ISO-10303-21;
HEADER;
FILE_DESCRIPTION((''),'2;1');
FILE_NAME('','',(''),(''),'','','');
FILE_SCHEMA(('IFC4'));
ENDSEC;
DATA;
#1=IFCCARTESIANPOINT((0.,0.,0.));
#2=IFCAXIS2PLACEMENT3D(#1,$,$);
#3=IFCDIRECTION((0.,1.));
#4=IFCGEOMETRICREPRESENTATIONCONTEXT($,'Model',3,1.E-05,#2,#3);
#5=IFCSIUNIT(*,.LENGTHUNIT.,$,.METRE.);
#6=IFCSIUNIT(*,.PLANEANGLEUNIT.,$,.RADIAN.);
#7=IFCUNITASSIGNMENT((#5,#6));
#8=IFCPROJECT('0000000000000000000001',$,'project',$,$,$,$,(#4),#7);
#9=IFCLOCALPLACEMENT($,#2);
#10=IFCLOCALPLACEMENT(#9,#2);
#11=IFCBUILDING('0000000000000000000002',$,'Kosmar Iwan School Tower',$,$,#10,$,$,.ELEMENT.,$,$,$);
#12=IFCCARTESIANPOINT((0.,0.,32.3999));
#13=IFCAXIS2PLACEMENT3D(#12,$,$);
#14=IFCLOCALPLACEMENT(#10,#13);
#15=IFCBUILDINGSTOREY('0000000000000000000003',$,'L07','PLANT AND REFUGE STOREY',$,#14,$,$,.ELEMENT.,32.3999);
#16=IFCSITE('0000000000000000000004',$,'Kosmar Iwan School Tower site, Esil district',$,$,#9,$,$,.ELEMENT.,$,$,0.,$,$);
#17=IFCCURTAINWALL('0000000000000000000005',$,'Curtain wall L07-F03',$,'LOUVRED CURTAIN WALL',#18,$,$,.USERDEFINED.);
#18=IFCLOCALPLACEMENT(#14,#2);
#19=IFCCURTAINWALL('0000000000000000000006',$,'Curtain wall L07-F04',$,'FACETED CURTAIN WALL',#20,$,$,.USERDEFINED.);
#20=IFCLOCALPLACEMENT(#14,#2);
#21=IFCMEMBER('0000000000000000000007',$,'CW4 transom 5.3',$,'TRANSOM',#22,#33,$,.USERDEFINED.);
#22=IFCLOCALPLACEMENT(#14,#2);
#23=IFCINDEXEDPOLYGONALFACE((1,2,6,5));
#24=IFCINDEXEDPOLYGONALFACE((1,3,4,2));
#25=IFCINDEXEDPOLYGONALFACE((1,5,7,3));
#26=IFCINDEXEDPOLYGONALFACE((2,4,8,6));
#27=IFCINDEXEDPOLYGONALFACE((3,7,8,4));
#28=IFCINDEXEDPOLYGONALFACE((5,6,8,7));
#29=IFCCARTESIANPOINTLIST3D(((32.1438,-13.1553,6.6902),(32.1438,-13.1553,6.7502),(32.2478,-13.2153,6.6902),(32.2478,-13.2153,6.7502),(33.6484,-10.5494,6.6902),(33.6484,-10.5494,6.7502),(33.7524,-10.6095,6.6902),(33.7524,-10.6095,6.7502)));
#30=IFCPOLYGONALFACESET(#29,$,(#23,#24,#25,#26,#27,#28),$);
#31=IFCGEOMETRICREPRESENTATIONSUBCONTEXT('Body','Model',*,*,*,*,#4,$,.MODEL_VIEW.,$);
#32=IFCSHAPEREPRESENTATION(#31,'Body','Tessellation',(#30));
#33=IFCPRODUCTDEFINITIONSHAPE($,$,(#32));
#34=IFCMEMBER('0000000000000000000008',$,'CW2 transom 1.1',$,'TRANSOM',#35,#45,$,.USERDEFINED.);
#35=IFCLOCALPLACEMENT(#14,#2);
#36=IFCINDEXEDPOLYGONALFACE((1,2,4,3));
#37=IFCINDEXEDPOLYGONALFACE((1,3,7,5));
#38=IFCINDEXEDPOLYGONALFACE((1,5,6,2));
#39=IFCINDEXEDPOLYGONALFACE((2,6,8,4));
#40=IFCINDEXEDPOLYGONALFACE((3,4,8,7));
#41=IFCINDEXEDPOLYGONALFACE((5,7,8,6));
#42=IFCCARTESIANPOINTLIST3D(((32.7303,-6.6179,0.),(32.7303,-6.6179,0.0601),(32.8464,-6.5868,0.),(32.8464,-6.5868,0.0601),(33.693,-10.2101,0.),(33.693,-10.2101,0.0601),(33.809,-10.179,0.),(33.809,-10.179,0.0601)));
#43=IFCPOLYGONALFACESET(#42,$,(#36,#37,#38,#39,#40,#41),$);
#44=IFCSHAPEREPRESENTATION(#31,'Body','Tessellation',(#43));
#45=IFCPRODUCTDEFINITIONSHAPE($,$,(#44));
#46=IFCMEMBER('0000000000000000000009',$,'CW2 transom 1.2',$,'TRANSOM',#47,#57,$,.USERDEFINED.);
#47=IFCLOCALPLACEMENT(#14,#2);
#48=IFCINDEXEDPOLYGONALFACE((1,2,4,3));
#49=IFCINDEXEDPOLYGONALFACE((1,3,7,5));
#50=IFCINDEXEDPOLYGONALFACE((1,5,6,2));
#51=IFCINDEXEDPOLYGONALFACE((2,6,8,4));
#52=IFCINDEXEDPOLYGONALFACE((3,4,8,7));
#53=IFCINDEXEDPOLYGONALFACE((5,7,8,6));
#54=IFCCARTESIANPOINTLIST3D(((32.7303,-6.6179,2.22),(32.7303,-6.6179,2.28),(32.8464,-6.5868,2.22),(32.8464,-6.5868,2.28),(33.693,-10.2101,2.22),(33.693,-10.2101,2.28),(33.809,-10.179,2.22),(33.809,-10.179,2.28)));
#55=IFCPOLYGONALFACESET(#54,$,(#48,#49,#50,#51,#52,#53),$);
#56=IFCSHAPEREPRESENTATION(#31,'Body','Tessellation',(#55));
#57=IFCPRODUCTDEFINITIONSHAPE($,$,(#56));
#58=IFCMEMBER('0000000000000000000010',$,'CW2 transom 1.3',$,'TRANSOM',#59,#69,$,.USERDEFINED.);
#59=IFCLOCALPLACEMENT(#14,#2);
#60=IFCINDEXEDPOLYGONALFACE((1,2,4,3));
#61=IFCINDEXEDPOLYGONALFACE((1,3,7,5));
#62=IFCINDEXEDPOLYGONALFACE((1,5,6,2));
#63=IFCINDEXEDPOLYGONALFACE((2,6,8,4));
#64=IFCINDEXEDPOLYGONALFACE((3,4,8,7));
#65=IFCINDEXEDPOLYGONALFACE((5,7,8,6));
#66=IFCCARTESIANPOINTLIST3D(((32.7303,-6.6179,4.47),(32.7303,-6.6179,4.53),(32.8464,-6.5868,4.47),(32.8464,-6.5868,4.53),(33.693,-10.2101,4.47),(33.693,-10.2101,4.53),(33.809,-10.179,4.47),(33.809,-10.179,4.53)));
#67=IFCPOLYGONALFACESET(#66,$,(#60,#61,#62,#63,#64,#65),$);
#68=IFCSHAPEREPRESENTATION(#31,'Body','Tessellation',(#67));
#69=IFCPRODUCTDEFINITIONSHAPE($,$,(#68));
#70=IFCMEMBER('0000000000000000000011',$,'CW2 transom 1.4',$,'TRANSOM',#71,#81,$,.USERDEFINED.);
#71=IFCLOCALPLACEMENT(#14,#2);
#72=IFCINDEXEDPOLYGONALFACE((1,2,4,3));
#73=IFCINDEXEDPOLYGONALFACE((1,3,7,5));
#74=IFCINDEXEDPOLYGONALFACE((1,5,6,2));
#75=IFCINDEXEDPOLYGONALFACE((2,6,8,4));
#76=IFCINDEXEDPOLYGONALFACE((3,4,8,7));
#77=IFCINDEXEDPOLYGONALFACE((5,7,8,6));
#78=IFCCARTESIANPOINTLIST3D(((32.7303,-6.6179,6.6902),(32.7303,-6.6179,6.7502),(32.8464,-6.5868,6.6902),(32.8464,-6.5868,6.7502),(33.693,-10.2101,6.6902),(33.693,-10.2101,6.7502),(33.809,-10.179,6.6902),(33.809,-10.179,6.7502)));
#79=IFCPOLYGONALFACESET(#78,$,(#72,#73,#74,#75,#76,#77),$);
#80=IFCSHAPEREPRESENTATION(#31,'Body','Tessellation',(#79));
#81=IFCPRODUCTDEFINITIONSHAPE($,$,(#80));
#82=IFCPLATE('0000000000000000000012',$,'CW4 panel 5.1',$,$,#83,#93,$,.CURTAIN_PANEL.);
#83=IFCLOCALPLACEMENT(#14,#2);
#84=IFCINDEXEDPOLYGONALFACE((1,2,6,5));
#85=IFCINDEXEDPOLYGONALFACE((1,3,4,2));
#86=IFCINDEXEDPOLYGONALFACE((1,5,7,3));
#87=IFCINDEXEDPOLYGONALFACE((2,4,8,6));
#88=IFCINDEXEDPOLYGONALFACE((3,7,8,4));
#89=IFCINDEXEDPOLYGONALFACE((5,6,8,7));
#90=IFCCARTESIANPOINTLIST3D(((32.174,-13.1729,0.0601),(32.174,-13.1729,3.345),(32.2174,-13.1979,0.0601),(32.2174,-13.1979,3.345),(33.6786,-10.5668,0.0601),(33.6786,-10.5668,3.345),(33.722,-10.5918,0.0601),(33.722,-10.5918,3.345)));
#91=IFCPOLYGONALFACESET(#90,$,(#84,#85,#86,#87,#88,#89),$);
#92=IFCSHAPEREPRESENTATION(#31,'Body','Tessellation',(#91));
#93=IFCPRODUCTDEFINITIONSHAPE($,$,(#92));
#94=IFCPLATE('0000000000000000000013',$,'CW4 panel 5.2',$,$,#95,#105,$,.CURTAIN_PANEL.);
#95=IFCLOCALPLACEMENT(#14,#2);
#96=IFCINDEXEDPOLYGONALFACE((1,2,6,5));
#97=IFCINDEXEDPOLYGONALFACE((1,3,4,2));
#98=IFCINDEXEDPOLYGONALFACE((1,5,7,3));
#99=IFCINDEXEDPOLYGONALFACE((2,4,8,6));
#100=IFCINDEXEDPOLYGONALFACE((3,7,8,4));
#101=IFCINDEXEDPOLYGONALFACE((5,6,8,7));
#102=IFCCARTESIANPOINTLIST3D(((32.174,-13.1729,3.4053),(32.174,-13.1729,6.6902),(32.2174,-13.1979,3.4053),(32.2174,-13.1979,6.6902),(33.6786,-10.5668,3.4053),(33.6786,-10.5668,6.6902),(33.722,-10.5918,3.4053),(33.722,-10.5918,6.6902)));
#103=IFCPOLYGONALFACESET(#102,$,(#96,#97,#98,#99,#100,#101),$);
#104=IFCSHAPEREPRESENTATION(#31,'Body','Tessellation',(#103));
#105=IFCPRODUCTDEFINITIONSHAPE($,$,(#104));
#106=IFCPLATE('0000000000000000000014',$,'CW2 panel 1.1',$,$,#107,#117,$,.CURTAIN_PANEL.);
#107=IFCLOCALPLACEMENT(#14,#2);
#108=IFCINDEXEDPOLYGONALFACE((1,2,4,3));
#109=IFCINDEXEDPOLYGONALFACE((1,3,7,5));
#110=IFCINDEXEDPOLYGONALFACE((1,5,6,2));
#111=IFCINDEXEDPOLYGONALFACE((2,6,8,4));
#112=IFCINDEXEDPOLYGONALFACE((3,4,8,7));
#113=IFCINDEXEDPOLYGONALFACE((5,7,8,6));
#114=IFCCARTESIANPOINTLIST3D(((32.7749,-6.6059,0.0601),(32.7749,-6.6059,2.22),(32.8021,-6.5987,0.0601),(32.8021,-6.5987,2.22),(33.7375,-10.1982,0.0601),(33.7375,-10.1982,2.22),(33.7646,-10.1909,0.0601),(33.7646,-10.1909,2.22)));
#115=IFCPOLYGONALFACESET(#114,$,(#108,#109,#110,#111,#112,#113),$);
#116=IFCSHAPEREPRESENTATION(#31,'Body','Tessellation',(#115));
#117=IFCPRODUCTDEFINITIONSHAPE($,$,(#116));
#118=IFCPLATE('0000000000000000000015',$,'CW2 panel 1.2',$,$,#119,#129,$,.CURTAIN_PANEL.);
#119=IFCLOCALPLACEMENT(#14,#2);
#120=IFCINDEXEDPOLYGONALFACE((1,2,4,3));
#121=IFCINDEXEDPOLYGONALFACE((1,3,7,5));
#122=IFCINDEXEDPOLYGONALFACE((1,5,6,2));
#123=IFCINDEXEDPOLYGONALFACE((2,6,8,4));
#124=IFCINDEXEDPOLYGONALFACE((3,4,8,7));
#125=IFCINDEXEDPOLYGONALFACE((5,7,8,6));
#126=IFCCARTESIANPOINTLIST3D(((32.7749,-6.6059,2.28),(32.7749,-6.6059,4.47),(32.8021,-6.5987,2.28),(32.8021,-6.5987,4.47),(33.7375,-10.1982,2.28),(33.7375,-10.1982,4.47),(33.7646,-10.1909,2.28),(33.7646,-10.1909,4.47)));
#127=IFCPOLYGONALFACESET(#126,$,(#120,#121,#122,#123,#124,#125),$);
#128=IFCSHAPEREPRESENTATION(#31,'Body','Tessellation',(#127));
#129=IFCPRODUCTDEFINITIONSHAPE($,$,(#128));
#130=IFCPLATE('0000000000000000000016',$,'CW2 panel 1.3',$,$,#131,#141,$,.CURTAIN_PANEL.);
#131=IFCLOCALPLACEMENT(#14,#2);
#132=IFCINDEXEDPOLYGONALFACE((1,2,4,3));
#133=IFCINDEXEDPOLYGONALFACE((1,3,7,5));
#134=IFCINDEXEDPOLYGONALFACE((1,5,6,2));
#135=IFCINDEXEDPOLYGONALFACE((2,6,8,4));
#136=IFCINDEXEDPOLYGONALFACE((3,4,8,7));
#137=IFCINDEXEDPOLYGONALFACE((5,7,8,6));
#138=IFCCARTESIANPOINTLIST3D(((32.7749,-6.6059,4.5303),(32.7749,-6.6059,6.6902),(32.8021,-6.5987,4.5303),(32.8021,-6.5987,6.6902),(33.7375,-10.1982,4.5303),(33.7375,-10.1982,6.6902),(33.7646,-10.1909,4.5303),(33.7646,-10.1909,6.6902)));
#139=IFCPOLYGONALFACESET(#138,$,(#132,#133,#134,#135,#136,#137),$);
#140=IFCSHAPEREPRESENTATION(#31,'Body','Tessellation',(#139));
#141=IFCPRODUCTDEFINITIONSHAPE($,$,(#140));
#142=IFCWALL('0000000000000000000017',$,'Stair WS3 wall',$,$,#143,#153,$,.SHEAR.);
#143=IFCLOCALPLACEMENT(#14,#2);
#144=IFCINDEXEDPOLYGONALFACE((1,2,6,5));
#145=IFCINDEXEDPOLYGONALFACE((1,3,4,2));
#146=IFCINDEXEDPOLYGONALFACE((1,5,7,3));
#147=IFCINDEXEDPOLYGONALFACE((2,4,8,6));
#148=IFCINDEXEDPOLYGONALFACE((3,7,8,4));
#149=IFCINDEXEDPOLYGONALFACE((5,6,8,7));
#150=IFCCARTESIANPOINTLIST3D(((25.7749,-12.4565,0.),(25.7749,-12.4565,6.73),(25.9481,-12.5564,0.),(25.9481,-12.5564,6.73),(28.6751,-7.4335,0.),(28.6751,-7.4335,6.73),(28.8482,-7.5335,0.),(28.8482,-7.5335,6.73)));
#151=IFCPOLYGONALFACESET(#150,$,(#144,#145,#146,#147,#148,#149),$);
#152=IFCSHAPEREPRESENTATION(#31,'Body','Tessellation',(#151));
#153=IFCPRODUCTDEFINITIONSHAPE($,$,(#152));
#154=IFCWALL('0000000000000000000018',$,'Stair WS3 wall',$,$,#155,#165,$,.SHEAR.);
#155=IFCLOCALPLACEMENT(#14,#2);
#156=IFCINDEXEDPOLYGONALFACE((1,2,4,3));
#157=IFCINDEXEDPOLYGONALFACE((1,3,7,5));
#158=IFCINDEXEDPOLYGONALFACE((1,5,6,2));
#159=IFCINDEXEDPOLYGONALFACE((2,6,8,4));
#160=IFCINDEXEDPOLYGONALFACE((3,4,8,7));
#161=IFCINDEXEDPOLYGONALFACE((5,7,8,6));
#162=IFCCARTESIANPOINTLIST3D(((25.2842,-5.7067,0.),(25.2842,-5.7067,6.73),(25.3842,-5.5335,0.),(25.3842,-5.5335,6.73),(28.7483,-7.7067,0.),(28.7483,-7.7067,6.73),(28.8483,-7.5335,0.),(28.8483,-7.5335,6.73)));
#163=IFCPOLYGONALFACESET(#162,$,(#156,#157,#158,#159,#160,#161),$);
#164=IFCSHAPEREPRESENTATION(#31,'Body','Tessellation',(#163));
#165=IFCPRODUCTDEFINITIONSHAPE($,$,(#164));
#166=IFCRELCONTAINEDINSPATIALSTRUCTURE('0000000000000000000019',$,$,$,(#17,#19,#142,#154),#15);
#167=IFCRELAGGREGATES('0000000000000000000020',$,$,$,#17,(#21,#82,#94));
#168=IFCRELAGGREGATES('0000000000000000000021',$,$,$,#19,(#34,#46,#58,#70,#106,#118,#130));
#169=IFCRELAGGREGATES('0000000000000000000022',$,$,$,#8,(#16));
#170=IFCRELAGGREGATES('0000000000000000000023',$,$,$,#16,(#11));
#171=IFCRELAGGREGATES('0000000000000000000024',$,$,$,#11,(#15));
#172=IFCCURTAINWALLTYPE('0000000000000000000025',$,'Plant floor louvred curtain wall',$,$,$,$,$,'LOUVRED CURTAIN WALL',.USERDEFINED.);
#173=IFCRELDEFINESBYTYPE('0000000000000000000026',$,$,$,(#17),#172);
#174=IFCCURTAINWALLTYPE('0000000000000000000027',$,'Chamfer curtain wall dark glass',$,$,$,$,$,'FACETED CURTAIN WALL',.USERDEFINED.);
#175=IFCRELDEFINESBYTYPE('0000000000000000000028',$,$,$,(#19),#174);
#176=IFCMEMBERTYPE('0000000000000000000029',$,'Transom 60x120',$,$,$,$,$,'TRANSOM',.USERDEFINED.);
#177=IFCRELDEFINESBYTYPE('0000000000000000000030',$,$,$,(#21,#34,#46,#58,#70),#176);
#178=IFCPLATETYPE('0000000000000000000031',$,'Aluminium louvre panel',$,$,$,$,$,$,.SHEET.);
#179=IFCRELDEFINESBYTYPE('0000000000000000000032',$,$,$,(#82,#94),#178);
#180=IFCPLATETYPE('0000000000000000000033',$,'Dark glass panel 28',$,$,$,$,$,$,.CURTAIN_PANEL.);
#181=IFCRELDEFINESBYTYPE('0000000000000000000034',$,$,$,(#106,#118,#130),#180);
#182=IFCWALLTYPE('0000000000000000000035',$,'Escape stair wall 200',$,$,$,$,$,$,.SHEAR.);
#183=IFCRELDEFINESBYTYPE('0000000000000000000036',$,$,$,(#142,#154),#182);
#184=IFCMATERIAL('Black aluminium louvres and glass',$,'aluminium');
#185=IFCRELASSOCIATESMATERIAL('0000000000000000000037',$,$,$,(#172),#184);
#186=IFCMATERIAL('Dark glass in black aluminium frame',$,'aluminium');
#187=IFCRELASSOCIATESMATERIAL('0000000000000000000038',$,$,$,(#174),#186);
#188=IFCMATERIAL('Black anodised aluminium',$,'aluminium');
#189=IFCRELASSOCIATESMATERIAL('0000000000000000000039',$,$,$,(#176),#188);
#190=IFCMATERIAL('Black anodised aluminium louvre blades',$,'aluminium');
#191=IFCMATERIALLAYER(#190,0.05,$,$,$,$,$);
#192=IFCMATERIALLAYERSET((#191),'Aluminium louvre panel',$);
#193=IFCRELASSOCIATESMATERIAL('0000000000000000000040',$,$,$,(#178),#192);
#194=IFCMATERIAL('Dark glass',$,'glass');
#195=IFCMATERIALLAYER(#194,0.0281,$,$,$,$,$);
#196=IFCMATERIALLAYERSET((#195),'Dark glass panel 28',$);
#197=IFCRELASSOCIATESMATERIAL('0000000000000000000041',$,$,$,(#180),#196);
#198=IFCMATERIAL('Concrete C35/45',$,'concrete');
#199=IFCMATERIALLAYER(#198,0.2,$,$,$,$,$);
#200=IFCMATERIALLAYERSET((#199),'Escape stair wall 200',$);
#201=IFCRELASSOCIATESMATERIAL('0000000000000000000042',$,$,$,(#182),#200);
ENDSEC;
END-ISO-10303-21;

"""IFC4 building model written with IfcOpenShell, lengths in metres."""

from ifc_helpers import new_model, si_unit, direction, frame, frame_2d, origin, origin_2d, place, context, subcontext, project, spatial, rectangle, extrude, material, layer, layer_set, material_profile, profile_set, type_object, element, aggregate, save


model = new_model("IFC4")

# Units and contexts
model_context = context("Model", 3, precision=1e-05, world=origin(), true_north=direction((0.0, 1.0)))
body_context = subcontext(model_context, "Body", "Model", "MODEL_VIEW")
ifc_project = project(units=[si_unit("LENGTHUNIT", "METRE"), si_unit("PLANEANGLEUNIT", "RADIAN")], contexts=[model_context])

# Site, building, storey
site_placement = place(None, origin())
site = spatial("IfcSite", under=ifc_project, at=site_placement, Name="Kosmar Iwan School Tower site, Esil district", CompositionType="ELEMENT", RefElevation=0.0)
building_placement = place(site_placement, origin())
building = spatial("IfcBuilding", under=site, at=building_placement, Name="Kosmar Iwan School Tower", CompositionType="ELEMENT")
storey_placement = place(building_placement, frame((0.0, 0.0, 32.3999)))
storey = spatial("IfcBuildingStorey", under=building, at=storey_placement, Name="L07", Description="PLANT AND REFUGE STOREY", CompositionType="ELEMENT", Elevation=32.3999)

# Curtain walls
ifc_material_1 = material(Name="Black aluminium louvres and glass", Category="aluminium")
curtain_wall_type_1 = type_object("IfcCurtainWallType", Name="Plant floor louvred curtain wall", ElementType="LOUVRED CURTAIN WALL", PredefinedType="USERDEFINED", material=ifc_material_1)
curtain_wall_1_placement = place(storey_placement, origin())
curtain_wall_1 = element("IfcCurtainWall", 1, at=curtain_wall_1_placement, inside=storey, type_object=curtain_wall_type_1, Name="Curtain wall L07-F03", ObjectType="LOUVRED CURTAIN WALL", PredefinedType="USERDEFINED")
ifc_material_2 = material(Name="Dark glass in black aluminium frame", Category="aluminium")
curtain_wall_type_2 = type_object("IfcCurtainWallType", Name="Chamfer curtain wall dark glass", ElementType="FACETED CURTAIN WALL", PredefinedType="USERDEFINED", material=ifc_material_2)
curtain_wall_2_placement = place(storey_placement, origin())
curtain_wall_2 = element("IfcCurtainWall", 2, at=curtain_wall_2_placement, inside=storey, type_object=curtain_wall_type_2, Name="Curtain wall L07-F04", ObjectType="FACETED CURTAIN WALL", PredefinedType="USERDEFINED")

# Members
ifc_material_3 = material(Name="Black anodised aluminium", Category="aluminium")
ifc_material_profile_1 = material_profile(ifc_material_3, rectangle(XDim=0.1201, YDim=0.0601, at=origin_2d()), Name="TRANSOM 60x120")
ifc_profile_set_1 = profile_set([ifc_material_profile_1], Name="Black anodised aluminium")
member_type_1 = type_object("IfcMemberType", Name="Transom 60x120", ElementType="TRANSOM", PredefinedType="USERDEFINED", material=ifc_profile_set_1)
member_1_placement = place(storey_placement, frame((32.1958, -13.1853, 6.7202), z_axis=(0.500022, 0.866013, 0.0), x_axis=(-0.866013, 0.500022, 0.0)))
member_1 = element("IfcMember", 3, at=member_1_placement, type_object=member_type_1, Name="CW4 transom 5.3", ObjectType="TRANSOM", PredefinedType="USERDEFINED", context=body_context, shape_type="SweptSolid", body=[
    extrude(rectangle(XDim=0.1201, YDim=0.0601, at=origin_2d()), origin(), (0.0, 0.0, 1.0), 3.009),
])
member_2_placement = place(storey_placement, frame((33.751, -10.1946, 0.03), z_axis=(-0.258843, 0.965919, 0.0), x_axis=(-0.965919, -0.258843, 0.0)))
member_2 = element("IfcMember", 4, at=member_2_placement, type_object=member_type_1, Name="CW2 transom 1.1", ObjectType="TRANSOM", PredefinedType="USERDEFINED", context=body_context, shape_type="SweptSolid", body=[
    extrude(rectangle(XDim=0.1201, YDim=0.0601, at=origin_2d()), origin(), (0.0, 0.0, 1.0), 3.719),
])
member_3_placement = place(storey_placement, frame((33.751, -10.1946, 2.25), z_axis=(-0.258843, 0.965919, 0.0), x_axis=(-0.965919, -0.258843, 0.0)))
member_3 = element("IfcMember", 5, at=member_3_placement, type_object=member_type_1, Name="CW2 transom 1.2", ObjectType="TRANSOM", PredefinedType="USERDEFINED", context=body_context, shape_type="SweptSolid", body=[
    extrude(rectangle(XDim=0.1201, YDim=0.0601, at=origin_2d()), origin(), (0.0, 0.0, 1.0), 3.719),
])
member_4_placement = place(storey_placement, frame((33.751, -10.1946, 4.5), z_axis=(-0.258843, 0.965919, 0.0), x_axis=(-0.965919, -0.258843, 0.0)))
member_4 = element("IfcMember", 6, at=member_4_placement, type_object=member_type_1, Name="CW2 transom 1.3", ObjectType="TRANSOM", PredefinedType="USERDEFINED", context=body_context, shape_type="SweptSolid", body=[
    extrude(rectangle(XDim=0.1201, YDim=0.0601, at=origin_2d()), origin(), (0.0, 0.0, 1.0), 3.719),
])
member_5_placement = place(storey_placement, frame((33.751, -10.1946, 6.7202), z_axis=(-0.258843, 0.965919, 0.0), x_axis=(-0.965919, -0.258843, 0.0)))
member_5 = element("IfcMember", 7, at=member_5_placement, type_object=member_type_1, Name="CW2 transom 1.4", ObjectType="TRANSOM", PredefinedType="USERDEFINED", context=body_context, shape_type="SweptSolid", body=[
    extrude(rectangle(XDim=0.1201, YDim=0.0601, at=origin_2d()), origin(), (0.0, 0.0, 1.0), 3.719),
])

# Plates
ifc_material_4 = material(Name="Black anodised aluminium louvre blades", Category="aluminium")
ifc_layer_1 = layer(ifc_material_4, 0.05)
ifc_layer_set_1 = layer_set([ifc_layer_1], Name="Aluminium louvre panel")
plate_type_1 = type_object("IfcPlateType", Name="Aluminium louvre panel", PredefinedType="SHEET", material=ifc_layer_set_1)
plate_1_placement = place(storey_placement, frame((32.948, -11.8823, 0.0601), z_axis=(0.0, 0.0, 1.0), x_axis=(0.5, 0.866025, 0.0)))
plate_1 = element("IfcPlate", 8, at=plate_1_placement, type_object=plate_type_1, Name="CW4 panel 5.1", PredefinedType="CURTAIN_PANEL", context=body_context, shape_type="SweptSolid", body=[
    extrude(rectangle(XDim=3.0093, YDim=0.05, at=origin_2d()), origin(), (0.0, 0.0, 1.0), 3.2849),
])
plate_2_placement = place(storey_placement, frame((32.948, -11.8823, 3.4053), z_axis=(0.0, 0.0, 1.0), x_axis=(0.5, 0.866025, 0.0)))
plate_2 = element("IfcPlate", 9, at=plate_2_placement, type_object=plate_type_1, Name="CW4 panel 5.2", PredefinedType="CURTAIN_PANEL", context=body_context, shape_type="SweptSolid", body=[
    extrude(rectangle(XDim=3.0093, YDim=0.05, at=origin_2d()), origin(), (0.0, 0.0, 1.0), 3.2849),
])
aggregate(curtain_wall_1, [member_1, plate_1, plate_2])
ifc_material_5 = material(Name="Dark glass", Category="glass")
ifc_layer_2 = layer(ifc_material_5, 0.0281)
ifc_layer_set_2 = layer_set([ifc_layer_2], Name="Dark glass panel 28")
plate_type_2 = type_object("IfcPlateType", Name="Dark glass panel 28", PredefinedType="CURTAIN_PANEL", material=ifc_layer_set_2)
plate_3_placement = place(storey_placement, frame((33.2698, -8.3984, 0.0601), z_axis=(0.0, 0.0, 1.0), x_axis=(-0.258819, 0.965926, 0.0)))
plate_3 = element("IfcPlate", 10, at=plate_3_placement, type_object=plate_type_2, Name="CW2 panel 1.1", PredefinedType="CURTAIN_PANEL", context=body_context, shape_type="SweptSolid", body=[
    extrude(rectangle(XDim=3.719, YDim=0.0281, at=origin_2d()), origin(), (0.0, 0.0, 1.0), 2.1599),
])
plate_4_placement = place(storey_placement, frame((33.2698, -8.3984, 2.28), z_axis=(0.0, 0.0, 1.0), x_axis=(-0.258819, 0.965926, 0.0)))
plate_4 = element("IfcPlate", 11, at=plate_4_placement, type_object=plate_type_2, Name="CW2 panel 1.2", PredefinedType="CURTAIN_PANEL", context=body_context, shape_type="SweptSolid", body=[
    extrude(rectangle(XDim=3.719, YDim=0.0281, at=origin_2d()), origin(), (0.0, 0.0, 1.0), 2.1899),
])
plate_5_placement = place(storey_placement, frame((33.2698, -8.3984, 4.5303), z_axis=(0.0, 0.0, 1.0), x_axis=(-0.258819, 0.965926, 0.0)))
plate_5 = element("IfcPlate", 12, at=plate_5_placement, type_object=plate_type_2, Name="CW2 panel 1.3", PredefinedType="CURTAIN_PANEL", context=body_context, shape_type="SweptSolid", body=[
    extrude(rectangle(XDim=3.719, YDim=0.0281, at=origin_2d()), origin(), (0.0, 0.0, 1.0), 2.1599),
])
aggregate(curtain_wall_2, [member_2, member_3, member_4, member_5, plate_3, plate_4, plate_5])

# Walls
ifc_material_6 = material(Name="Concrete C35/45", Category="concrete")
ifc_layer_3 = layer(ifc_material_6, 0.2)
ifc_layer_set_3 = layer_set([ifc_layer_3], Name="Escape stair wall 200")
wall_type = type_object("IfcWallType", Name="Escape stair wall 200", PredefinedType="SHEAR", material=ifc_layer_set_3)
wall_1_placement = place(storey_placement, frame((25.8616, -12.5063, 0.0), z_axis=(0.0, 0.0, 1.0), x_axis=(0.500019, 0.866015, 0.0)))
element("IfcWall", 13, at=wall_1_placement, inside=storey, type_object=wall_type, Name="Stair WS3 wall", PredefinedType="SHEAR", context=body_context, shape_type="SweptSolid", body=[
    extrude(rectangle(XDim=5.8, YDim=0.2, at=frame_2d((2.8999, 0.0))), origin(), (0.0, 0.0, 1.0), 6.73),
])
wall_2_placement = place(storey_placement, frame((25.3342, -5.6201, 0.0), z_axis=(0.0, 0.0, 1.0), x_axis=(0.866026, -0.499999, 0.0)))
element("IfcWall", 14, at=wall_2_placement, inside=storey, type_object=wall_type, Name="Stair WS3 wall", PredefinedType="SHEAR", context=body_context, shape_type="SweptSolid", body=[
    extrude(rectangle(XDim=4.0, YDim=0.2, at=frame_2d((2.0, 0.0))), origin(), (0.0, 0.0, 1.0), 6.73),
])

save(model, "model.ifc")
